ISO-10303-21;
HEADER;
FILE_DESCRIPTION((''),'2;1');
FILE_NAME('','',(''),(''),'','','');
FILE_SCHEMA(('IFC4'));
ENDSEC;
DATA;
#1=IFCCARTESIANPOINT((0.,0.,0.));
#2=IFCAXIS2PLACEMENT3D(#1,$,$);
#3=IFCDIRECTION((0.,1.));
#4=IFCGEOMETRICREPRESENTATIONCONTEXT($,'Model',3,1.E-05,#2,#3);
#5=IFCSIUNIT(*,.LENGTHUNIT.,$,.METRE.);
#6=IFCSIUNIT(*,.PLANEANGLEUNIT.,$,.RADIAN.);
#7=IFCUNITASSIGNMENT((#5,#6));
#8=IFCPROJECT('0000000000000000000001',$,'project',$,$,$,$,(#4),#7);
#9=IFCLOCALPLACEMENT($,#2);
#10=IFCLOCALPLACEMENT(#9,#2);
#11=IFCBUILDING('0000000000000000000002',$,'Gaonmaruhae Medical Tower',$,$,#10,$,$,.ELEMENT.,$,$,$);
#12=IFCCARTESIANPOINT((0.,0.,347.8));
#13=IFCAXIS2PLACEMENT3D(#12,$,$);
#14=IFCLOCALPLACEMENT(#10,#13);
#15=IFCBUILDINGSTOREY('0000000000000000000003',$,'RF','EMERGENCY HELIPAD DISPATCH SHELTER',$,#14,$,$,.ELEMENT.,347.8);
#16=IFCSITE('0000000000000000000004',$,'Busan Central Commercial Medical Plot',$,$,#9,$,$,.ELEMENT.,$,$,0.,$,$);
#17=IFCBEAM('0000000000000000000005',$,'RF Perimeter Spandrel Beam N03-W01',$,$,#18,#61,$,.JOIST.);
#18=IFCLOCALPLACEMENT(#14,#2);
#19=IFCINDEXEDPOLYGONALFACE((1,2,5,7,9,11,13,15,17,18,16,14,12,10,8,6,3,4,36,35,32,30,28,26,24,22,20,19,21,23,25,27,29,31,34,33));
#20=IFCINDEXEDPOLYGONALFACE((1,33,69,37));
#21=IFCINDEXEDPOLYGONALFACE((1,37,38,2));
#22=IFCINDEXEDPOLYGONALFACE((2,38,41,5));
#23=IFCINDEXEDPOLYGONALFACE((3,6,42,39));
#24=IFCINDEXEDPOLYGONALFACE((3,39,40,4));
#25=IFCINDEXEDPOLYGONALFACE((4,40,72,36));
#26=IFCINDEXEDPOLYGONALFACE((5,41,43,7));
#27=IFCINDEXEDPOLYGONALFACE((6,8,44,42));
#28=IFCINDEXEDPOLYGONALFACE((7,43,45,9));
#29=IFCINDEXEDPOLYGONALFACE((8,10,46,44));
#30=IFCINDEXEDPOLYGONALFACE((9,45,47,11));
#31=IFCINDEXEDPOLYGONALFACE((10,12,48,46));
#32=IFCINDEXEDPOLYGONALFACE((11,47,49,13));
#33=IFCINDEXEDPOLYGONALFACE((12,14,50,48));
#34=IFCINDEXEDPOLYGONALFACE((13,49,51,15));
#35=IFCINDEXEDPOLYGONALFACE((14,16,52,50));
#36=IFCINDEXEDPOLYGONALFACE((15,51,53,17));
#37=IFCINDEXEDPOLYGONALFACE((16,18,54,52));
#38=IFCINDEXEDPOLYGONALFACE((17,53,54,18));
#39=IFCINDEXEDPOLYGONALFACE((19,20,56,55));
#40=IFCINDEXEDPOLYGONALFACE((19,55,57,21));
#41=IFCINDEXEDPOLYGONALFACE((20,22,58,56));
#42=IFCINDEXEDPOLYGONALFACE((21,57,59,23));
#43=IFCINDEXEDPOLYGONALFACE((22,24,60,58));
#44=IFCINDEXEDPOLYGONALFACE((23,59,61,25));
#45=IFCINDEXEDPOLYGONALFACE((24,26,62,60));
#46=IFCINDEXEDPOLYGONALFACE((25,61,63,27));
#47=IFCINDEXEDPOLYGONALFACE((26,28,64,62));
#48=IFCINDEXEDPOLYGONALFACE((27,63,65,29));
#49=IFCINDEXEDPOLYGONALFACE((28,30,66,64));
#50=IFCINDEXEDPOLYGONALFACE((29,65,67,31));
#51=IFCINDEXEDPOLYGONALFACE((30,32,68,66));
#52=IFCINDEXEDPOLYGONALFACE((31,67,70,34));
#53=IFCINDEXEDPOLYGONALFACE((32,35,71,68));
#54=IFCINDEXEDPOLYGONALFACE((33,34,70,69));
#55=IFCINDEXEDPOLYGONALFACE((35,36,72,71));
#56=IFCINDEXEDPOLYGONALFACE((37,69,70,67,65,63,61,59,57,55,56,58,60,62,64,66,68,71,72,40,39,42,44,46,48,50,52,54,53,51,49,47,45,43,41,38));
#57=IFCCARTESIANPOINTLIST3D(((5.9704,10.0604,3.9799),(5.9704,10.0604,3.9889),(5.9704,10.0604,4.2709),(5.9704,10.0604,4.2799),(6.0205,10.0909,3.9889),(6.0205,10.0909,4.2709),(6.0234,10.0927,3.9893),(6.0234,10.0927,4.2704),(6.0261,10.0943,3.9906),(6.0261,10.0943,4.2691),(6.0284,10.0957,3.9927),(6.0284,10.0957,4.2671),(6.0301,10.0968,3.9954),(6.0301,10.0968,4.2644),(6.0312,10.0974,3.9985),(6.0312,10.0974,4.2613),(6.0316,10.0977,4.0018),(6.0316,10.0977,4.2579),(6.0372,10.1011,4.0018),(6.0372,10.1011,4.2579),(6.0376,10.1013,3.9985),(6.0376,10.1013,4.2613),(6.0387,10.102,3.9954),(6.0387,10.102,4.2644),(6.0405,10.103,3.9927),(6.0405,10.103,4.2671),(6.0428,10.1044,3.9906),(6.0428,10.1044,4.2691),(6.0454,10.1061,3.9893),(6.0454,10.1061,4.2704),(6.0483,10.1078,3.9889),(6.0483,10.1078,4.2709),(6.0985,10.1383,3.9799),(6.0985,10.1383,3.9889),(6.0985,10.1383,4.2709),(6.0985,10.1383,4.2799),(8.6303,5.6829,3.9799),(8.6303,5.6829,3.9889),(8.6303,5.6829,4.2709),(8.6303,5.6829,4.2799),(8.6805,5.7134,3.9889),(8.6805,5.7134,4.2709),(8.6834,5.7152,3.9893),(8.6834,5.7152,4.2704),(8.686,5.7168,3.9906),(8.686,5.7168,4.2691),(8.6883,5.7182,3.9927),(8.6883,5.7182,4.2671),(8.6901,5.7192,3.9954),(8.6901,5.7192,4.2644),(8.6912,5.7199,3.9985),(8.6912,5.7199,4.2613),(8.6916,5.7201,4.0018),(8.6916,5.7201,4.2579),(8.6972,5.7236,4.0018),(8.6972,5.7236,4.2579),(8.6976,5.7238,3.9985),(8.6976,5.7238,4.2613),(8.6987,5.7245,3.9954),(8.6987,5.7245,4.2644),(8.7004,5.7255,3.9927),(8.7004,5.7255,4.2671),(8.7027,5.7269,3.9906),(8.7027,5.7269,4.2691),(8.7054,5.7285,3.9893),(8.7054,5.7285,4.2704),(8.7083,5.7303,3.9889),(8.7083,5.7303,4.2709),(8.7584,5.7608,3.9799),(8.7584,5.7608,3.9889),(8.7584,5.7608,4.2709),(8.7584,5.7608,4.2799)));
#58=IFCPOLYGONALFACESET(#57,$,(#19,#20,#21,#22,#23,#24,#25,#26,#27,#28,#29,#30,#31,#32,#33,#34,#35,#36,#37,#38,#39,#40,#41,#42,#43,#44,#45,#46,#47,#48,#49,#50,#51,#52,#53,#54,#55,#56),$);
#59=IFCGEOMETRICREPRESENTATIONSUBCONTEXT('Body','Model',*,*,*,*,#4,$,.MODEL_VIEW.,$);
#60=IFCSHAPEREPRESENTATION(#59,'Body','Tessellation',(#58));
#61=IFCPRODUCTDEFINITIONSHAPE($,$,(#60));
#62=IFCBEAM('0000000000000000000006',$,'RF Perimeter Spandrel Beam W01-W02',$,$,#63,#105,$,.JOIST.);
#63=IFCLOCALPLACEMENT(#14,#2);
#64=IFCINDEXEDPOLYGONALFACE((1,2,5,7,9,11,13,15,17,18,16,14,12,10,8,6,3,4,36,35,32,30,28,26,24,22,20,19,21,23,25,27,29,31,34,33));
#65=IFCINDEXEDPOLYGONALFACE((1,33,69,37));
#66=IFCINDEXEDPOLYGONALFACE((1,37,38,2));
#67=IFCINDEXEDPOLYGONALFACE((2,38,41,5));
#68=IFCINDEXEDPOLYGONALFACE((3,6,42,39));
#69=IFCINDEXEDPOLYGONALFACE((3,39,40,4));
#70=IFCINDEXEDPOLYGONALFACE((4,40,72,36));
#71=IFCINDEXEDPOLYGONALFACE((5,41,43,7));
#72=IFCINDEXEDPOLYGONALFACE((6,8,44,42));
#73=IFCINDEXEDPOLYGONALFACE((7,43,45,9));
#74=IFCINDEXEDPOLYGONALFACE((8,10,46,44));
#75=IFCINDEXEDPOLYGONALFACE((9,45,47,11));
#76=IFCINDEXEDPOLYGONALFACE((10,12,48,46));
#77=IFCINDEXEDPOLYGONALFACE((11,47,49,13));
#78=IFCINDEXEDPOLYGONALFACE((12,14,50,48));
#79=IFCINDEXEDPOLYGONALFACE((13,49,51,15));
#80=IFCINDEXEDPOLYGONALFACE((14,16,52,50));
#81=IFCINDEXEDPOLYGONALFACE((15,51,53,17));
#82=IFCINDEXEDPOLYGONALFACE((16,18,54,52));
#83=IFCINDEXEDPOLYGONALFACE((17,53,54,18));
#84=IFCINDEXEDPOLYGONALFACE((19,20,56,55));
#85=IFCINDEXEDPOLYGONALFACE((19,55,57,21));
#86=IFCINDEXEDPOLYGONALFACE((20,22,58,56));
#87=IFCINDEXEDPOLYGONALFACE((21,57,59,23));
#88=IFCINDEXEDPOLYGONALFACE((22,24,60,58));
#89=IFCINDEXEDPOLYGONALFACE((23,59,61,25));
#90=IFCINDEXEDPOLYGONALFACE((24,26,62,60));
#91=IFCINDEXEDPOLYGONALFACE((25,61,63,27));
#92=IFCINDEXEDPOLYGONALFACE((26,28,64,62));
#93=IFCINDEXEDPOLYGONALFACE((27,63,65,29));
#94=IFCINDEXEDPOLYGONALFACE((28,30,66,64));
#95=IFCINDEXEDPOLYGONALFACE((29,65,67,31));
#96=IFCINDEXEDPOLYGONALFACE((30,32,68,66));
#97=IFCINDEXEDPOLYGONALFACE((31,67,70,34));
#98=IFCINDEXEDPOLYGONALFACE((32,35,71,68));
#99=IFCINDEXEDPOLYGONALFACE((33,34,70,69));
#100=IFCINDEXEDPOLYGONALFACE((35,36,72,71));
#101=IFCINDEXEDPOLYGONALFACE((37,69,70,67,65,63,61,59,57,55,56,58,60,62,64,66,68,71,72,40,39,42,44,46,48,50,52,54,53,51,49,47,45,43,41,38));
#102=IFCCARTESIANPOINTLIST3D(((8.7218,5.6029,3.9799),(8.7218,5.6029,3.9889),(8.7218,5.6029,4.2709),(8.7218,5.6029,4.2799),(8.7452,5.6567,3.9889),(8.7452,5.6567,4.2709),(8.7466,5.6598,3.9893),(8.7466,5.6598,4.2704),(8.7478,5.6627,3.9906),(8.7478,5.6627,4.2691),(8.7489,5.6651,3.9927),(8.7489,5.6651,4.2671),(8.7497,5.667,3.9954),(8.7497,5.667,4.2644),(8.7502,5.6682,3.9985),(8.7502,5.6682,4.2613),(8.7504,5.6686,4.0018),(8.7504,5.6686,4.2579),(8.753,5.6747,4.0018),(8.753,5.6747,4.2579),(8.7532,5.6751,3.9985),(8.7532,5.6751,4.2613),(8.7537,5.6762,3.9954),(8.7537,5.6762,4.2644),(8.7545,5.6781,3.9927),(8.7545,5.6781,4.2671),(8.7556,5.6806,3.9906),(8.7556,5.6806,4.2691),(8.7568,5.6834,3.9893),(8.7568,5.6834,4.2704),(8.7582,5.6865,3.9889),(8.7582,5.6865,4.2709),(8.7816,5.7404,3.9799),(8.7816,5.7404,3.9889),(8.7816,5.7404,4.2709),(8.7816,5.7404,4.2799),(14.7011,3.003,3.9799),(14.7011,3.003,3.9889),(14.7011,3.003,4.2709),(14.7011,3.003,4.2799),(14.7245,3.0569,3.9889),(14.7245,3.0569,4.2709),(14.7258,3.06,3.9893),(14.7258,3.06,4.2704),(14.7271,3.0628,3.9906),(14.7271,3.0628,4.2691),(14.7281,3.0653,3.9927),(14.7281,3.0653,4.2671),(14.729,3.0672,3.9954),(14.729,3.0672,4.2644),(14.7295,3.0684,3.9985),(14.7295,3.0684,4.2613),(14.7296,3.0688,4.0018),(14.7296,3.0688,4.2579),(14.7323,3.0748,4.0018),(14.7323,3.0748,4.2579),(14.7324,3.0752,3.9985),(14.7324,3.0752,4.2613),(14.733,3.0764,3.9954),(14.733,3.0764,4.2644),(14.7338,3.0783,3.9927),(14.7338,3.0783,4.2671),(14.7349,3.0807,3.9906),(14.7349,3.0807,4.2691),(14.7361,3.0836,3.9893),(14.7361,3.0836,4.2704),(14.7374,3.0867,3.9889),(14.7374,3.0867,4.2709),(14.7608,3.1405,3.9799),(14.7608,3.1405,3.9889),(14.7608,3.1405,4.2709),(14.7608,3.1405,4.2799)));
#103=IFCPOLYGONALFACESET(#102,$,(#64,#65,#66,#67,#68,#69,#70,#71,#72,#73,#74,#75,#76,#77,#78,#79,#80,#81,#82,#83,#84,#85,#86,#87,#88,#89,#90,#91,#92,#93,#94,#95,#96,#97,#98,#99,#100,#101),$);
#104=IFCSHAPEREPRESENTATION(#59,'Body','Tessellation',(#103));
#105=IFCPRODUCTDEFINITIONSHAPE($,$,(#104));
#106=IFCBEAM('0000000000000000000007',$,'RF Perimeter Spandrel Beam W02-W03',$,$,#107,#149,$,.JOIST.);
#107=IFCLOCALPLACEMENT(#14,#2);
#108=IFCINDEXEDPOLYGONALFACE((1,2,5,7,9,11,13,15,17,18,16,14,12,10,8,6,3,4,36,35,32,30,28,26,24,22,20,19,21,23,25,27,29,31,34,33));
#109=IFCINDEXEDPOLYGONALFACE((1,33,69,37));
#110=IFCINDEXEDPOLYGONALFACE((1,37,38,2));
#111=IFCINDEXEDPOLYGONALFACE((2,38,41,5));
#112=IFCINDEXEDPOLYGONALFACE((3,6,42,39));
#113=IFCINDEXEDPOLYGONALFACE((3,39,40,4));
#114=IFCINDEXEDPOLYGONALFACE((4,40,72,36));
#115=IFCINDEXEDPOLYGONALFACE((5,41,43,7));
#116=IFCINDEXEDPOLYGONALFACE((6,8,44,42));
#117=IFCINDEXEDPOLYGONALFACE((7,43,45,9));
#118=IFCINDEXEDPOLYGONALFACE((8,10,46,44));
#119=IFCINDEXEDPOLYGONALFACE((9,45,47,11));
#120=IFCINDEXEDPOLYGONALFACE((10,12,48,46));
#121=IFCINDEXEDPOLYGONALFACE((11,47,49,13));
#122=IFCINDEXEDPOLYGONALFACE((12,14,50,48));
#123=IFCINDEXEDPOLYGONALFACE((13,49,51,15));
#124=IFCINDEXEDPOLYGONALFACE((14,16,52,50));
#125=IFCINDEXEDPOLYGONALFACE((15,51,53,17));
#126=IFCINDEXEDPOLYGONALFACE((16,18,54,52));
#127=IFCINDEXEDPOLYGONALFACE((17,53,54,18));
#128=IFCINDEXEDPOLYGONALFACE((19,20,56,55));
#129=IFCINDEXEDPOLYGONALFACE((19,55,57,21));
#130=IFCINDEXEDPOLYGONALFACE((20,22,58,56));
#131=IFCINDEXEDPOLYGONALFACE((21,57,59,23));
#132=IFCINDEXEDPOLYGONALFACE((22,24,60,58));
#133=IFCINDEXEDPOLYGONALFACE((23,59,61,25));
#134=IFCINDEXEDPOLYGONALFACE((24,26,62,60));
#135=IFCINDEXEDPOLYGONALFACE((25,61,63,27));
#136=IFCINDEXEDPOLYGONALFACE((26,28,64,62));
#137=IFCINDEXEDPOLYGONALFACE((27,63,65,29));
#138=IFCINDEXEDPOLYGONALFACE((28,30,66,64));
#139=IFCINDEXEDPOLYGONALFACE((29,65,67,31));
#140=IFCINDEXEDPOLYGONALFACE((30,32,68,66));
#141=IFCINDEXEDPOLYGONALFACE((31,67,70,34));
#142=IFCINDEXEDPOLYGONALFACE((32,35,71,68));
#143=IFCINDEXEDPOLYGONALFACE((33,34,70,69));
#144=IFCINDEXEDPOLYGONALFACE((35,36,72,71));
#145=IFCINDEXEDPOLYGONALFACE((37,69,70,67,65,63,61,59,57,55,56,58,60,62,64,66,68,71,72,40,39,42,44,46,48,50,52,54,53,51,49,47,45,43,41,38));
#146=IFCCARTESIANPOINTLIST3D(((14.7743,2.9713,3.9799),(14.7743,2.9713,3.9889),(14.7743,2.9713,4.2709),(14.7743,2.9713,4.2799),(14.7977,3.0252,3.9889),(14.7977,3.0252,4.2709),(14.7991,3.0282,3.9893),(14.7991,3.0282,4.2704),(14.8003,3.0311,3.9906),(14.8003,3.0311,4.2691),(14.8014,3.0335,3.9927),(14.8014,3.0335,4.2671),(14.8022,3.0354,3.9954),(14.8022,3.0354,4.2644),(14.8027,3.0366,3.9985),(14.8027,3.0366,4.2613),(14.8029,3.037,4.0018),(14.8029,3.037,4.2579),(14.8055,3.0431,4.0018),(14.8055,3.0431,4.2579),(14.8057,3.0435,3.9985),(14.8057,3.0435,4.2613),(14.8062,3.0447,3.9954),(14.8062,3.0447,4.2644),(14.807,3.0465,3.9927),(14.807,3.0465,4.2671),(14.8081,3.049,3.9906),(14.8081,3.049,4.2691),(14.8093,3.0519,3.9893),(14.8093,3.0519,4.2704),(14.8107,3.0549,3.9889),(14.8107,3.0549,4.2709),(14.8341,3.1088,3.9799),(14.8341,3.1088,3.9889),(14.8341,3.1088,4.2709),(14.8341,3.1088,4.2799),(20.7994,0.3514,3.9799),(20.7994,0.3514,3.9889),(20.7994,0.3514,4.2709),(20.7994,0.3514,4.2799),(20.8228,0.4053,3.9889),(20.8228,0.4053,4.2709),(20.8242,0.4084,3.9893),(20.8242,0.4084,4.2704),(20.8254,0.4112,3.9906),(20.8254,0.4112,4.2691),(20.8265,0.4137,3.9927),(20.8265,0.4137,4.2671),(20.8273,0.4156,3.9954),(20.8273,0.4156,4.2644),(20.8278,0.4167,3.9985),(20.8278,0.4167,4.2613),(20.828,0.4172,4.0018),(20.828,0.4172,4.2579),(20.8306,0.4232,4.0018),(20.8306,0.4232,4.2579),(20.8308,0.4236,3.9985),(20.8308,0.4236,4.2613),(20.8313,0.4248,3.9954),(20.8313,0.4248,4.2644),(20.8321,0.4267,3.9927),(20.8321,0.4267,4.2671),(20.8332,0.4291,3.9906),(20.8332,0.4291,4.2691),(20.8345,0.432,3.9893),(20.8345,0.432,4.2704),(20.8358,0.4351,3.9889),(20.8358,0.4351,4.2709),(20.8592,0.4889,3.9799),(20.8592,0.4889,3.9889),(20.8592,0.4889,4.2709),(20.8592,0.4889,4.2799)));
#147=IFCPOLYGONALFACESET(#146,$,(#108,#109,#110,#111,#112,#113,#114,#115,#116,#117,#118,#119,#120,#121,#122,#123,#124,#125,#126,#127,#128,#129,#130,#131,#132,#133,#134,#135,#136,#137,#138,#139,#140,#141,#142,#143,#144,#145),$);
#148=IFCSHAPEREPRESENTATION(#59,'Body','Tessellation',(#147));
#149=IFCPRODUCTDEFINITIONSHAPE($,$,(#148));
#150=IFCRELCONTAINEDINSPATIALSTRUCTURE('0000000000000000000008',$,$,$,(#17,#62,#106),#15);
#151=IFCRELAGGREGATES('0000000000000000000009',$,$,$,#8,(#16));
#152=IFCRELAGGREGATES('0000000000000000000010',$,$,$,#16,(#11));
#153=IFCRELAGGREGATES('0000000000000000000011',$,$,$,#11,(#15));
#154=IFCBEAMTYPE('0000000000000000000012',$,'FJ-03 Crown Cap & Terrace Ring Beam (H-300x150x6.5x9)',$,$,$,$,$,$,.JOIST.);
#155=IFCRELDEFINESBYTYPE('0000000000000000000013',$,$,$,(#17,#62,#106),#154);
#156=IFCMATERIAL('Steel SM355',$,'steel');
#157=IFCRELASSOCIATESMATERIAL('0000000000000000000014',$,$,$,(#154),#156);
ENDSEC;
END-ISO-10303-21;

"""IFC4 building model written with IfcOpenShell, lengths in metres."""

from ifc_helpers import new_model, si_unit, direction, frame, origin, origin_2d, place, context, subcontext, project, spatial, i_section, extrude, material, material_profile, profile_set, type_object, element, save


model = new_model("IFC4")

# Units and contexts
model_context = context("Model", 3, precision=1e-05, world=origin(), true_north=direction((0.0, 1.0)))
body_context = subcontext(model_context, "Body", "Model", "MODEL_VIEW")
ifc_project = project(units=[si_unit("LENGTHUNIT", "METRE"), si_unit("PLANEANGLEUNIT", "RADIAN")], contexts=[model_context])

# Site, building, storey
site_placement = place(None, origin())
site = spatial("IfcSite", under=ifc_project, at=site_placement, Name="Busan Central Commercial Medical Plot", CompositionType="ELEMENT", RefElevation=0.0)
building_placement = place(site_placement, origin())
building = spatial("IfcBuilding", under=site, at=building_placement, Name="Gaonmaruhae Medical Tower", CompositionType="ELEMENT")
storey_placement = place(building_placement, frame((0.0, 0.0, 347.8)))
storey = spatial("IfcBuildingStorey", under=building, at=storey_placement, Name="RF", Description="EMERGENCY HELIPAD DISPATCH SHELTER", CompositionType="ELEMENT", Elevation=347.8)

# Beams
ifc_material_1 = material(Name="Steel SM355", Category="steel")
ifc_material_profile_1 = material_profile(ifc_material_1, i_section(OverallWidth=0.1499, OverallDepth=0.3, WebThickness=0.0066, FlangeThickness=0.009, FilletRadius=0.0129, at=origin_2d()), Name="H-300x150x6.5x9")
ifc_profile_set_1 = profile_set([ifc_material_profile_1], Name="Steel SM355")
beam_type_1 = type_object("IfcBeamType", Name="FJ-03 Crown Cap & Terrace Ring Beam (H-300x150x6.5x9)", PredefinedType="JOIST", material=ifc_profile_set_1)
beam_1_placement = place(storey_placement, frame((6.0344, 10.0994, 4.1299), z_axis=(0.519289, -0.854599, 0.0), x_axis=(0.854599, 0.519289, 0.0)))
element("IfcBeam", 1, at=beam_1_placement, inside=storey, type_object=beam_type_1, Name="RF Perimeter Spandrel Beam N03-W01", PredefinedType="JOIST", context=body_context, shape_type="SweptSolid", body=[
    extrude(i_section(OverallWidth=0.1499, OverallDepth=0.3, WebThickness=0.0066, FlangeThickness=0.009, FilletRadius=0.0129, at=origin_2d()), origin(), (0.0, 0.0, 1.0), 5.1223),
])
beam_2_placement = place(storey_placement, frame((8.7517, 5.6716, 4.1299), z_axis=(0.91706, -0.398749, 0.0), x_axis=(0.398749, 0.91706, 0.0)))
element("IfcBeam", 2, at=beam_2_placement, inside=storey, type_object=beam_type_1, Name="RF Perimeter Spandrel Beam W01-W02", PredefinedType="JOIST", context=body_context, shape_type="SweptSolid", body=[
    extrude(i_section(OverallWidth=0.1499, OverallDepth=0.3, WebThickness=0.0066, FlangeThickness=0.009, FilletRadius=0.0129, at=origin_2d()), origin(), (0.0, 0.0, 1.0), 6.52),
])
beam_3_placement = place(storey_placement, frame((14.8042, 3.04, 4.1299), z_axis=(0.917056, -0.398757, 0.0), x_axis=(0.398757, 0.917056, 0.0)))
element("IfcBeam", 3, at=beam_3_placement, inside=storey, type_object=beam_type_1, Name="RF Perimeter Spandrel Beam W02-W03", PredefinedType="JOIST", context=body_context, shape_type="SweptSolid", body=[
    extrude(i_section(OverallWidth=0.1499, OverallDepth=0.3, WebThickness=0.0066, FlangeThickness=0.009, FilletRadius=0.0129, at=origin_2d()), origin(), (0.0, 0.0, 1.0), 6.5701),
])

save(model, "model.ifc")
